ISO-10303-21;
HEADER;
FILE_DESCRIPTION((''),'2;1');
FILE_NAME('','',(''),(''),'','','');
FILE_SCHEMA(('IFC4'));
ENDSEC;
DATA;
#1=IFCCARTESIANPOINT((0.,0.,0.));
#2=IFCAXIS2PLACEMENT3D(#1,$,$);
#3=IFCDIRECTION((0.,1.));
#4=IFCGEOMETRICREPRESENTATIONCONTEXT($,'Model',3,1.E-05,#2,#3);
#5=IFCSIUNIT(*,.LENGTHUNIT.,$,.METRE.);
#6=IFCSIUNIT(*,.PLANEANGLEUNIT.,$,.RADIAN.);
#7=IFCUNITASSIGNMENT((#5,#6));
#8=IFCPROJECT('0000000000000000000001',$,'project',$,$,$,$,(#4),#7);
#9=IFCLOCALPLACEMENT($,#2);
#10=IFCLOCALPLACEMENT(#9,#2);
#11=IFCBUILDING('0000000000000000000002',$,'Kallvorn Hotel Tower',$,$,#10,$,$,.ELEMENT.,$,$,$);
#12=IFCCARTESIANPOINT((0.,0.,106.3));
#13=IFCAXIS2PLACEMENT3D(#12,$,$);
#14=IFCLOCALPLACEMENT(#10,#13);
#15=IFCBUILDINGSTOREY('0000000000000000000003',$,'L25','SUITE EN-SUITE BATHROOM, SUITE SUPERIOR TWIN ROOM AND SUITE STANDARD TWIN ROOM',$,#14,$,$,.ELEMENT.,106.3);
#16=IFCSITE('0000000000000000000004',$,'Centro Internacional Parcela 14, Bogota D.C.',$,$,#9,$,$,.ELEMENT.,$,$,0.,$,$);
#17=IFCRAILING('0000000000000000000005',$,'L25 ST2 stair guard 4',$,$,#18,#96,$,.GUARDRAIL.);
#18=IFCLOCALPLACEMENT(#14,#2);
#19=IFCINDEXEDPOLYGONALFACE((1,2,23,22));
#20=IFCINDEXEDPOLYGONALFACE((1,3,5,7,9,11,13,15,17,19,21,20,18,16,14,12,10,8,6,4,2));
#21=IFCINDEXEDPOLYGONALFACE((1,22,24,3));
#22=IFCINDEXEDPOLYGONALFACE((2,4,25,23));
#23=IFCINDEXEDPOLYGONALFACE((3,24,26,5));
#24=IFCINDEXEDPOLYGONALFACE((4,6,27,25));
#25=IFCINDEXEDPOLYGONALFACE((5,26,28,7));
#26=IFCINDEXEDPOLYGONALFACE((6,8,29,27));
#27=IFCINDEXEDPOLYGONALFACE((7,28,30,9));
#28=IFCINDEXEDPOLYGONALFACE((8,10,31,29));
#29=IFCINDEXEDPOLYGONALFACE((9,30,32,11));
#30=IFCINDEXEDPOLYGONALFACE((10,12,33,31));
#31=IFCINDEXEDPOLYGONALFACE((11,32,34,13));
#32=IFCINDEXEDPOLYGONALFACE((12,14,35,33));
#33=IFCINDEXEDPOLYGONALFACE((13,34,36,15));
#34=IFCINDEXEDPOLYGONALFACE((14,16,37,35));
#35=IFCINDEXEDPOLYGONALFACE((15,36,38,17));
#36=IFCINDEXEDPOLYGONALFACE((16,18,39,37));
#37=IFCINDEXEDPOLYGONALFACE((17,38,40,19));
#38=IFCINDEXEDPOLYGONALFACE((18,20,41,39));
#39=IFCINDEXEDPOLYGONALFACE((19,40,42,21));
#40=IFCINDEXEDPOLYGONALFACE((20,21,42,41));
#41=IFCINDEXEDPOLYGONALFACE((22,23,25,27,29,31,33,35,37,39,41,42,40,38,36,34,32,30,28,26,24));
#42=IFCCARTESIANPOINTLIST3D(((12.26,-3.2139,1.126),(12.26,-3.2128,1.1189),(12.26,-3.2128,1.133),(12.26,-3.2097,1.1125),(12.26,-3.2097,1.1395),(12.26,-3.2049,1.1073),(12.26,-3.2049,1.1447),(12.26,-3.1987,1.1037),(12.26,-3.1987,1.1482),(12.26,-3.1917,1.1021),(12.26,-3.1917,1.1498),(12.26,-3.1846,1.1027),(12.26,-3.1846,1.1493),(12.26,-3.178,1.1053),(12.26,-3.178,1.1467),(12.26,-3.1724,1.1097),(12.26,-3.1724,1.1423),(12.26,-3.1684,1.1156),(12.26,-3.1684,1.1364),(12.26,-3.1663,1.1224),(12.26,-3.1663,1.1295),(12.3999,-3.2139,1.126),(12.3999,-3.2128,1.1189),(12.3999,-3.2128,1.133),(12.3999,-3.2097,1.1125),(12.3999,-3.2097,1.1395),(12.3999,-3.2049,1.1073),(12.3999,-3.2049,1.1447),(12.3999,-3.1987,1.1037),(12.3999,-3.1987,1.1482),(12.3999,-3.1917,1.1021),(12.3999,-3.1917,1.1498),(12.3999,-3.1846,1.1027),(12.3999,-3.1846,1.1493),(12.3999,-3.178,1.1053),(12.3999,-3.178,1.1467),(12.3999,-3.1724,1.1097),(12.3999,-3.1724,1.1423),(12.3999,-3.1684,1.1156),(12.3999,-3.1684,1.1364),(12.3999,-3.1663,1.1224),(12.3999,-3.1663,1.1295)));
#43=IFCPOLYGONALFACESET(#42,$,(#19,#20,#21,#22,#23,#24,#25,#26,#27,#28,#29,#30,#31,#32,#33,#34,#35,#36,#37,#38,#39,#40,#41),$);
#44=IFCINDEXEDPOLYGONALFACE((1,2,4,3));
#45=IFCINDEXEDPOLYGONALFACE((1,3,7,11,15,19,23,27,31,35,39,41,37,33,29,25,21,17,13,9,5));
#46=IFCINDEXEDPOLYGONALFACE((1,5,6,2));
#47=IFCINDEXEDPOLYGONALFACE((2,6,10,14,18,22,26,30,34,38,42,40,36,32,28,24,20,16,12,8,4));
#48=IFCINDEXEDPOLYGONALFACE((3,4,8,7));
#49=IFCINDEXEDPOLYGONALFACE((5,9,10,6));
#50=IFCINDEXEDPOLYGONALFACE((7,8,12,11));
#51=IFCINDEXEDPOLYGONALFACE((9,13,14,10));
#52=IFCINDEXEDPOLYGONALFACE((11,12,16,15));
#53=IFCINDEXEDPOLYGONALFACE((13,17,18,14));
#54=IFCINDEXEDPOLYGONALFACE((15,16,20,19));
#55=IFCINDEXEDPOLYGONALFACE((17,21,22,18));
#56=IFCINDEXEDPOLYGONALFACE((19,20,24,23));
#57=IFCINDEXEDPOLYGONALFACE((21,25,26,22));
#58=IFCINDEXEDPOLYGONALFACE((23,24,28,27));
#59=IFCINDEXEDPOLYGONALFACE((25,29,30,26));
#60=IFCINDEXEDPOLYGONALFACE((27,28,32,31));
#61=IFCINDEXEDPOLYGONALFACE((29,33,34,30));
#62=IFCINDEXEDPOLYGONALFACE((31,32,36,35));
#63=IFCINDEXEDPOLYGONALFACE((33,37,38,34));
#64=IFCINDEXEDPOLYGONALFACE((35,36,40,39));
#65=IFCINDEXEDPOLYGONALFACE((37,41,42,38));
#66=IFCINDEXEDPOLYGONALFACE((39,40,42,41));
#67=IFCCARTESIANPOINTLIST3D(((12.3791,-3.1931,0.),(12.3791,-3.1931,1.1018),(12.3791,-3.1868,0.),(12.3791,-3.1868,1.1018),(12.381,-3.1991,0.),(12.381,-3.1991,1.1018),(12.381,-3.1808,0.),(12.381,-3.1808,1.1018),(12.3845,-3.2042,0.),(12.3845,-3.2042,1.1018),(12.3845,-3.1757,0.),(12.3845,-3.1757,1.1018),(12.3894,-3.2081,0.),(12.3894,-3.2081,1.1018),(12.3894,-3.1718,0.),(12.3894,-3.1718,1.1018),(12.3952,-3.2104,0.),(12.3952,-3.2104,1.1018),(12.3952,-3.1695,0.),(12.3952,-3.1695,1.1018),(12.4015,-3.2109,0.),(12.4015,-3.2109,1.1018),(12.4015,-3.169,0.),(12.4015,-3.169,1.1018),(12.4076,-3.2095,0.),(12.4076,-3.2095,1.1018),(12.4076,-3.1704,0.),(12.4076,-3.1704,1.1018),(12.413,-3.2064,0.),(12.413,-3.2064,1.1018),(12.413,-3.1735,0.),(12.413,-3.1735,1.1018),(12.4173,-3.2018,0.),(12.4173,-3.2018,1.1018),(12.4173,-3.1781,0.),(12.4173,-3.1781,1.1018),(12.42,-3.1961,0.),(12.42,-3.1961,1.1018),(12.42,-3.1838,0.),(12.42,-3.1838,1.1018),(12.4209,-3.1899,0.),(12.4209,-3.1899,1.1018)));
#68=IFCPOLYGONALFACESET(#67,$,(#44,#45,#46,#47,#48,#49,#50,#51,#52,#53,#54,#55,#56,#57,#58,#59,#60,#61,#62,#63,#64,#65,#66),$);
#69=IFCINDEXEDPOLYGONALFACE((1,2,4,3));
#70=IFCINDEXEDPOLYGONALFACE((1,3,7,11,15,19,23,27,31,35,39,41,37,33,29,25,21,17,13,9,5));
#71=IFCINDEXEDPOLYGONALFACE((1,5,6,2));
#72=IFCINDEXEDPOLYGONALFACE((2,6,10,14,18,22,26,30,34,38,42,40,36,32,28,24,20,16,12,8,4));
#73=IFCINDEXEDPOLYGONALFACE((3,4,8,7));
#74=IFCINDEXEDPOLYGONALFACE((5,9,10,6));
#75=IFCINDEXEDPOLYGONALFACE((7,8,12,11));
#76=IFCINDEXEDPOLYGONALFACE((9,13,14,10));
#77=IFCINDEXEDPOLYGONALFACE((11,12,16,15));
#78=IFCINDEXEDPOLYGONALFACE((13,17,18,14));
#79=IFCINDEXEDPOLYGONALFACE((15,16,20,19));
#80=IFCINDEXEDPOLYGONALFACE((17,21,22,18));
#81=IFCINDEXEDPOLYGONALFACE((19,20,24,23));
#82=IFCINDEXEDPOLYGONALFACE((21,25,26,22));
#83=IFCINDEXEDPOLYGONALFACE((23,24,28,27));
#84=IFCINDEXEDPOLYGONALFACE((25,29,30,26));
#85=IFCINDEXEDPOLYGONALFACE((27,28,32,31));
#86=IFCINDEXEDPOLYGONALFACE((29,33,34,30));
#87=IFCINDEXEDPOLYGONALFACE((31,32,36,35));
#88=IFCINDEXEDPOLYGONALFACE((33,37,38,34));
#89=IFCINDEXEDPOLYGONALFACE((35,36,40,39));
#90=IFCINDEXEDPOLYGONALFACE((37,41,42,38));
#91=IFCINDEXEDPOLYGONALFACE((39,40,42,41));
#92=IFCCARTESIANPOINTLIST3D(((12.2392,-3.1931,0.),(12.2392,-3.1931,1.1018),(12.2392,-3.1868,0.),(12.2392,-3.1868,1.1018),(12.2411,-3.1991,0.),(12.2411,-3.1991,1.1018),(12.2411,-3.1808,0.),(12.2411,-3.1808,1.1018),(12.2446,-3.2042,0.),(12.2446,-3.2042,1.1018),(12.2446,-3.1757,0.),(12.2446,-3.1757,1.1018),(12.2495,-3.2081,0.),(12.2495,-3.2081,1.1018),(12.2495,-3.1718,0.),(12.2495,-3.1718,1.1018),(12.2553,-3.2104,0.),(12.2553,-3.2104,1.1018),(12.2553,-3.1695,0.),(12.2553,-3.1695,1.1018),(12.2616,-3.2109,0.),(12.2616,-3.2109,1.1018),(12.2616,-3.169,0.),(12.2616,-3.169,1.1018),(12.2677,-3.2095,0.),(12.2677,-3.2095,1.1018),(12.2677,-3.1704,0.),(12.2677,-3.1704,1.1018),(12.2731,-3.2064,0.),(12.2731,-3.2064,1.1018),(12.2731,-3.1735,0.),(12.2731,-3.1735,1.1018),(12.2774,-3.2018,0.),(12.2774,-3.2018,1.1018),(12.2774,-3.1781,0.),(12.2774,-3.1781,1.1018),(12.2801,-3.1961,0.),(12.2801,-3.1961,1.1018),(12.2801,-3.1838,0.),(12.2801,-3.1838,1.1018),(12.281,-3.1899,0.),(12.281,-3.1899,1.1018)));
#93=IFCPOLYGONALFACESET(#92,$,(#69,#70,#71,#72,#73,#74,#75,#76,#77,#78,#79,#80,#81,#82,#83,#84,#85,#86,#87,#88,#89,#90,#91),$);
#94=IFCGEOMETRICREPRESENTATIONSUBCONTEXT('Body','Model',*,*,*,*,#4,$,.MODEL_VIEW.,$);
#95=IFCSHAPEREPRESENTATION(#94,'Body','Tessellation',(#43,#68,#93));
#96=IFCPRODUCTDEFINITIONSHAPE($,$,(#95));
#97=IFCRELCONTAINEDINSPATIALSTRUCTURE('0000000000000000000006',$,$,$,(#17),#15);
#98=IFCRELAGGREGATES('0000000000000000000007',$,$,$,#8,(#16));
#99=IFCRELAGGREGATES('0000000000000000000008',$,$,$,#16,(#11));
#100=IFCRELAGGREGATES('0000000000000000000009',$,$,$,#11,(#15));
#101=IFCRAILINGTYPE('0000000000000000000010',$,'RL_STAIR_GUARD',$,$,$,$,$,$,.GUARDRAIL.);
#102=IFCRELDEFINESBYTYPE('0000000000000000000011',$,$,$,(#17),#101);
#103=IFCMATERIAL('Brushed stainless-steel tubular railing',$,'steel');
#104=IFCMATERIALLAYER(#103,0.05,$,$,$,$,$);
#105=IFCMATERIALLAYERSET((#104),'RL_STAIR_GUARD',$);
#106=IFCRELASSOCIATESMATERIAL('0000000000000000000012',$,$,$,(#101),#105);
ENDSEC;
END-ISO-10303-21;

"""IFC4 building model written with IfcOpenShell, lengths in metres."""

from ifc_helpers import new_model, si_unit, direction, frame, origin, origin_2d, place, context, subcontext, project, spatial, circle, extrude, material, layer, layer_set, type_object, element, save


model = new_model("IFC4")

# Units and contexts
model_context = context("Model", 3, precision=1e-05, world=origin(), true_north=direction((0.0, 1.0)))
body_context = subcontext(model_context, "Body", "Model", "MODEL_VIEW")
ifc_project = project(units=[si_unit("LENGTHUNIT", "METRE"), si_unit("PLANEANGLEUNIT", "RADIAN")], contexts=[model_context])

# Site, building, storey
site_placement = place(None, origin())
site = spatial("IfcSite", under=ifc_project, at=site_placement, Name="Centro Internacional Parcela 14, Bogota D.C.", CompositionType="ELEMENT", RefElevation=0.0)
building_placement = place(site_placement, origin())
building = spatial("IfcBuilding", under=site, at=building_placement, Name="Kallvorn Hotel Tower", CompositionType="ELEMENT")
storey_placement = place(building_placement, frame((0.0, 0.0, 106.3)))
storey = spatial("IfcBuildingStorey", under=building, at=storey_placement, Name="L25", Description="SUITE EN-SUITE BATHROOM, SUITE SUPERIOR TWIN ROOM AND SUITE STANDARD TWIN ROOM", CompositionType="ELEMENT", Elevation=106.3)

# Railing
ifc_material_1 = material(Name="Brushed stainless-steel tubular railing", Category="steel")
ifc_layer_1 = layer(ifc_material_1, 0.05)
ifc_layer_set_1 = layer_set([ifc_layer_1], Name="RL_STAIR_GUARD")
railing_type_1 = type_object("IfcRailingType", Name="RL_STAIR_GUARD", PredefinedType="GUARDRAIL", material=ifc_layer_set_1)
railing_1_placement = place(storey_placement, frame((12.3999, -3.1899, 0.0)))
element("IfcRailing", 1, at=railing_1_placement, inside=storey, type_object=railing_type_1, Name="L25 ST2 stair guard 4", PredefinedType="GUARDRAIL", context=body_context, shape_type="SweptSolid", body=[
    extrude(circle(Radius=0.0239, at=origin_2d()), frame((0.0, 0.0, 1.126), z_axis=(-1.0, 0.0, 0.0), x_axis=(0.0, -1.0, 0.0)), (0.0, 0.0, 1.0), 0.1399),
    extrude(circle(Radius=0.021, at=origin_2d()), origin(), (0.0, 0.0, 1.0), 1.1018),
    extrude(circle(Radius=0.021, at=origin_2d()), frame((-0.1399, 0.0, 0.0)), (0.0, 0.0, 1.0), 1.1018),
])

save(model, "model.ifc")
